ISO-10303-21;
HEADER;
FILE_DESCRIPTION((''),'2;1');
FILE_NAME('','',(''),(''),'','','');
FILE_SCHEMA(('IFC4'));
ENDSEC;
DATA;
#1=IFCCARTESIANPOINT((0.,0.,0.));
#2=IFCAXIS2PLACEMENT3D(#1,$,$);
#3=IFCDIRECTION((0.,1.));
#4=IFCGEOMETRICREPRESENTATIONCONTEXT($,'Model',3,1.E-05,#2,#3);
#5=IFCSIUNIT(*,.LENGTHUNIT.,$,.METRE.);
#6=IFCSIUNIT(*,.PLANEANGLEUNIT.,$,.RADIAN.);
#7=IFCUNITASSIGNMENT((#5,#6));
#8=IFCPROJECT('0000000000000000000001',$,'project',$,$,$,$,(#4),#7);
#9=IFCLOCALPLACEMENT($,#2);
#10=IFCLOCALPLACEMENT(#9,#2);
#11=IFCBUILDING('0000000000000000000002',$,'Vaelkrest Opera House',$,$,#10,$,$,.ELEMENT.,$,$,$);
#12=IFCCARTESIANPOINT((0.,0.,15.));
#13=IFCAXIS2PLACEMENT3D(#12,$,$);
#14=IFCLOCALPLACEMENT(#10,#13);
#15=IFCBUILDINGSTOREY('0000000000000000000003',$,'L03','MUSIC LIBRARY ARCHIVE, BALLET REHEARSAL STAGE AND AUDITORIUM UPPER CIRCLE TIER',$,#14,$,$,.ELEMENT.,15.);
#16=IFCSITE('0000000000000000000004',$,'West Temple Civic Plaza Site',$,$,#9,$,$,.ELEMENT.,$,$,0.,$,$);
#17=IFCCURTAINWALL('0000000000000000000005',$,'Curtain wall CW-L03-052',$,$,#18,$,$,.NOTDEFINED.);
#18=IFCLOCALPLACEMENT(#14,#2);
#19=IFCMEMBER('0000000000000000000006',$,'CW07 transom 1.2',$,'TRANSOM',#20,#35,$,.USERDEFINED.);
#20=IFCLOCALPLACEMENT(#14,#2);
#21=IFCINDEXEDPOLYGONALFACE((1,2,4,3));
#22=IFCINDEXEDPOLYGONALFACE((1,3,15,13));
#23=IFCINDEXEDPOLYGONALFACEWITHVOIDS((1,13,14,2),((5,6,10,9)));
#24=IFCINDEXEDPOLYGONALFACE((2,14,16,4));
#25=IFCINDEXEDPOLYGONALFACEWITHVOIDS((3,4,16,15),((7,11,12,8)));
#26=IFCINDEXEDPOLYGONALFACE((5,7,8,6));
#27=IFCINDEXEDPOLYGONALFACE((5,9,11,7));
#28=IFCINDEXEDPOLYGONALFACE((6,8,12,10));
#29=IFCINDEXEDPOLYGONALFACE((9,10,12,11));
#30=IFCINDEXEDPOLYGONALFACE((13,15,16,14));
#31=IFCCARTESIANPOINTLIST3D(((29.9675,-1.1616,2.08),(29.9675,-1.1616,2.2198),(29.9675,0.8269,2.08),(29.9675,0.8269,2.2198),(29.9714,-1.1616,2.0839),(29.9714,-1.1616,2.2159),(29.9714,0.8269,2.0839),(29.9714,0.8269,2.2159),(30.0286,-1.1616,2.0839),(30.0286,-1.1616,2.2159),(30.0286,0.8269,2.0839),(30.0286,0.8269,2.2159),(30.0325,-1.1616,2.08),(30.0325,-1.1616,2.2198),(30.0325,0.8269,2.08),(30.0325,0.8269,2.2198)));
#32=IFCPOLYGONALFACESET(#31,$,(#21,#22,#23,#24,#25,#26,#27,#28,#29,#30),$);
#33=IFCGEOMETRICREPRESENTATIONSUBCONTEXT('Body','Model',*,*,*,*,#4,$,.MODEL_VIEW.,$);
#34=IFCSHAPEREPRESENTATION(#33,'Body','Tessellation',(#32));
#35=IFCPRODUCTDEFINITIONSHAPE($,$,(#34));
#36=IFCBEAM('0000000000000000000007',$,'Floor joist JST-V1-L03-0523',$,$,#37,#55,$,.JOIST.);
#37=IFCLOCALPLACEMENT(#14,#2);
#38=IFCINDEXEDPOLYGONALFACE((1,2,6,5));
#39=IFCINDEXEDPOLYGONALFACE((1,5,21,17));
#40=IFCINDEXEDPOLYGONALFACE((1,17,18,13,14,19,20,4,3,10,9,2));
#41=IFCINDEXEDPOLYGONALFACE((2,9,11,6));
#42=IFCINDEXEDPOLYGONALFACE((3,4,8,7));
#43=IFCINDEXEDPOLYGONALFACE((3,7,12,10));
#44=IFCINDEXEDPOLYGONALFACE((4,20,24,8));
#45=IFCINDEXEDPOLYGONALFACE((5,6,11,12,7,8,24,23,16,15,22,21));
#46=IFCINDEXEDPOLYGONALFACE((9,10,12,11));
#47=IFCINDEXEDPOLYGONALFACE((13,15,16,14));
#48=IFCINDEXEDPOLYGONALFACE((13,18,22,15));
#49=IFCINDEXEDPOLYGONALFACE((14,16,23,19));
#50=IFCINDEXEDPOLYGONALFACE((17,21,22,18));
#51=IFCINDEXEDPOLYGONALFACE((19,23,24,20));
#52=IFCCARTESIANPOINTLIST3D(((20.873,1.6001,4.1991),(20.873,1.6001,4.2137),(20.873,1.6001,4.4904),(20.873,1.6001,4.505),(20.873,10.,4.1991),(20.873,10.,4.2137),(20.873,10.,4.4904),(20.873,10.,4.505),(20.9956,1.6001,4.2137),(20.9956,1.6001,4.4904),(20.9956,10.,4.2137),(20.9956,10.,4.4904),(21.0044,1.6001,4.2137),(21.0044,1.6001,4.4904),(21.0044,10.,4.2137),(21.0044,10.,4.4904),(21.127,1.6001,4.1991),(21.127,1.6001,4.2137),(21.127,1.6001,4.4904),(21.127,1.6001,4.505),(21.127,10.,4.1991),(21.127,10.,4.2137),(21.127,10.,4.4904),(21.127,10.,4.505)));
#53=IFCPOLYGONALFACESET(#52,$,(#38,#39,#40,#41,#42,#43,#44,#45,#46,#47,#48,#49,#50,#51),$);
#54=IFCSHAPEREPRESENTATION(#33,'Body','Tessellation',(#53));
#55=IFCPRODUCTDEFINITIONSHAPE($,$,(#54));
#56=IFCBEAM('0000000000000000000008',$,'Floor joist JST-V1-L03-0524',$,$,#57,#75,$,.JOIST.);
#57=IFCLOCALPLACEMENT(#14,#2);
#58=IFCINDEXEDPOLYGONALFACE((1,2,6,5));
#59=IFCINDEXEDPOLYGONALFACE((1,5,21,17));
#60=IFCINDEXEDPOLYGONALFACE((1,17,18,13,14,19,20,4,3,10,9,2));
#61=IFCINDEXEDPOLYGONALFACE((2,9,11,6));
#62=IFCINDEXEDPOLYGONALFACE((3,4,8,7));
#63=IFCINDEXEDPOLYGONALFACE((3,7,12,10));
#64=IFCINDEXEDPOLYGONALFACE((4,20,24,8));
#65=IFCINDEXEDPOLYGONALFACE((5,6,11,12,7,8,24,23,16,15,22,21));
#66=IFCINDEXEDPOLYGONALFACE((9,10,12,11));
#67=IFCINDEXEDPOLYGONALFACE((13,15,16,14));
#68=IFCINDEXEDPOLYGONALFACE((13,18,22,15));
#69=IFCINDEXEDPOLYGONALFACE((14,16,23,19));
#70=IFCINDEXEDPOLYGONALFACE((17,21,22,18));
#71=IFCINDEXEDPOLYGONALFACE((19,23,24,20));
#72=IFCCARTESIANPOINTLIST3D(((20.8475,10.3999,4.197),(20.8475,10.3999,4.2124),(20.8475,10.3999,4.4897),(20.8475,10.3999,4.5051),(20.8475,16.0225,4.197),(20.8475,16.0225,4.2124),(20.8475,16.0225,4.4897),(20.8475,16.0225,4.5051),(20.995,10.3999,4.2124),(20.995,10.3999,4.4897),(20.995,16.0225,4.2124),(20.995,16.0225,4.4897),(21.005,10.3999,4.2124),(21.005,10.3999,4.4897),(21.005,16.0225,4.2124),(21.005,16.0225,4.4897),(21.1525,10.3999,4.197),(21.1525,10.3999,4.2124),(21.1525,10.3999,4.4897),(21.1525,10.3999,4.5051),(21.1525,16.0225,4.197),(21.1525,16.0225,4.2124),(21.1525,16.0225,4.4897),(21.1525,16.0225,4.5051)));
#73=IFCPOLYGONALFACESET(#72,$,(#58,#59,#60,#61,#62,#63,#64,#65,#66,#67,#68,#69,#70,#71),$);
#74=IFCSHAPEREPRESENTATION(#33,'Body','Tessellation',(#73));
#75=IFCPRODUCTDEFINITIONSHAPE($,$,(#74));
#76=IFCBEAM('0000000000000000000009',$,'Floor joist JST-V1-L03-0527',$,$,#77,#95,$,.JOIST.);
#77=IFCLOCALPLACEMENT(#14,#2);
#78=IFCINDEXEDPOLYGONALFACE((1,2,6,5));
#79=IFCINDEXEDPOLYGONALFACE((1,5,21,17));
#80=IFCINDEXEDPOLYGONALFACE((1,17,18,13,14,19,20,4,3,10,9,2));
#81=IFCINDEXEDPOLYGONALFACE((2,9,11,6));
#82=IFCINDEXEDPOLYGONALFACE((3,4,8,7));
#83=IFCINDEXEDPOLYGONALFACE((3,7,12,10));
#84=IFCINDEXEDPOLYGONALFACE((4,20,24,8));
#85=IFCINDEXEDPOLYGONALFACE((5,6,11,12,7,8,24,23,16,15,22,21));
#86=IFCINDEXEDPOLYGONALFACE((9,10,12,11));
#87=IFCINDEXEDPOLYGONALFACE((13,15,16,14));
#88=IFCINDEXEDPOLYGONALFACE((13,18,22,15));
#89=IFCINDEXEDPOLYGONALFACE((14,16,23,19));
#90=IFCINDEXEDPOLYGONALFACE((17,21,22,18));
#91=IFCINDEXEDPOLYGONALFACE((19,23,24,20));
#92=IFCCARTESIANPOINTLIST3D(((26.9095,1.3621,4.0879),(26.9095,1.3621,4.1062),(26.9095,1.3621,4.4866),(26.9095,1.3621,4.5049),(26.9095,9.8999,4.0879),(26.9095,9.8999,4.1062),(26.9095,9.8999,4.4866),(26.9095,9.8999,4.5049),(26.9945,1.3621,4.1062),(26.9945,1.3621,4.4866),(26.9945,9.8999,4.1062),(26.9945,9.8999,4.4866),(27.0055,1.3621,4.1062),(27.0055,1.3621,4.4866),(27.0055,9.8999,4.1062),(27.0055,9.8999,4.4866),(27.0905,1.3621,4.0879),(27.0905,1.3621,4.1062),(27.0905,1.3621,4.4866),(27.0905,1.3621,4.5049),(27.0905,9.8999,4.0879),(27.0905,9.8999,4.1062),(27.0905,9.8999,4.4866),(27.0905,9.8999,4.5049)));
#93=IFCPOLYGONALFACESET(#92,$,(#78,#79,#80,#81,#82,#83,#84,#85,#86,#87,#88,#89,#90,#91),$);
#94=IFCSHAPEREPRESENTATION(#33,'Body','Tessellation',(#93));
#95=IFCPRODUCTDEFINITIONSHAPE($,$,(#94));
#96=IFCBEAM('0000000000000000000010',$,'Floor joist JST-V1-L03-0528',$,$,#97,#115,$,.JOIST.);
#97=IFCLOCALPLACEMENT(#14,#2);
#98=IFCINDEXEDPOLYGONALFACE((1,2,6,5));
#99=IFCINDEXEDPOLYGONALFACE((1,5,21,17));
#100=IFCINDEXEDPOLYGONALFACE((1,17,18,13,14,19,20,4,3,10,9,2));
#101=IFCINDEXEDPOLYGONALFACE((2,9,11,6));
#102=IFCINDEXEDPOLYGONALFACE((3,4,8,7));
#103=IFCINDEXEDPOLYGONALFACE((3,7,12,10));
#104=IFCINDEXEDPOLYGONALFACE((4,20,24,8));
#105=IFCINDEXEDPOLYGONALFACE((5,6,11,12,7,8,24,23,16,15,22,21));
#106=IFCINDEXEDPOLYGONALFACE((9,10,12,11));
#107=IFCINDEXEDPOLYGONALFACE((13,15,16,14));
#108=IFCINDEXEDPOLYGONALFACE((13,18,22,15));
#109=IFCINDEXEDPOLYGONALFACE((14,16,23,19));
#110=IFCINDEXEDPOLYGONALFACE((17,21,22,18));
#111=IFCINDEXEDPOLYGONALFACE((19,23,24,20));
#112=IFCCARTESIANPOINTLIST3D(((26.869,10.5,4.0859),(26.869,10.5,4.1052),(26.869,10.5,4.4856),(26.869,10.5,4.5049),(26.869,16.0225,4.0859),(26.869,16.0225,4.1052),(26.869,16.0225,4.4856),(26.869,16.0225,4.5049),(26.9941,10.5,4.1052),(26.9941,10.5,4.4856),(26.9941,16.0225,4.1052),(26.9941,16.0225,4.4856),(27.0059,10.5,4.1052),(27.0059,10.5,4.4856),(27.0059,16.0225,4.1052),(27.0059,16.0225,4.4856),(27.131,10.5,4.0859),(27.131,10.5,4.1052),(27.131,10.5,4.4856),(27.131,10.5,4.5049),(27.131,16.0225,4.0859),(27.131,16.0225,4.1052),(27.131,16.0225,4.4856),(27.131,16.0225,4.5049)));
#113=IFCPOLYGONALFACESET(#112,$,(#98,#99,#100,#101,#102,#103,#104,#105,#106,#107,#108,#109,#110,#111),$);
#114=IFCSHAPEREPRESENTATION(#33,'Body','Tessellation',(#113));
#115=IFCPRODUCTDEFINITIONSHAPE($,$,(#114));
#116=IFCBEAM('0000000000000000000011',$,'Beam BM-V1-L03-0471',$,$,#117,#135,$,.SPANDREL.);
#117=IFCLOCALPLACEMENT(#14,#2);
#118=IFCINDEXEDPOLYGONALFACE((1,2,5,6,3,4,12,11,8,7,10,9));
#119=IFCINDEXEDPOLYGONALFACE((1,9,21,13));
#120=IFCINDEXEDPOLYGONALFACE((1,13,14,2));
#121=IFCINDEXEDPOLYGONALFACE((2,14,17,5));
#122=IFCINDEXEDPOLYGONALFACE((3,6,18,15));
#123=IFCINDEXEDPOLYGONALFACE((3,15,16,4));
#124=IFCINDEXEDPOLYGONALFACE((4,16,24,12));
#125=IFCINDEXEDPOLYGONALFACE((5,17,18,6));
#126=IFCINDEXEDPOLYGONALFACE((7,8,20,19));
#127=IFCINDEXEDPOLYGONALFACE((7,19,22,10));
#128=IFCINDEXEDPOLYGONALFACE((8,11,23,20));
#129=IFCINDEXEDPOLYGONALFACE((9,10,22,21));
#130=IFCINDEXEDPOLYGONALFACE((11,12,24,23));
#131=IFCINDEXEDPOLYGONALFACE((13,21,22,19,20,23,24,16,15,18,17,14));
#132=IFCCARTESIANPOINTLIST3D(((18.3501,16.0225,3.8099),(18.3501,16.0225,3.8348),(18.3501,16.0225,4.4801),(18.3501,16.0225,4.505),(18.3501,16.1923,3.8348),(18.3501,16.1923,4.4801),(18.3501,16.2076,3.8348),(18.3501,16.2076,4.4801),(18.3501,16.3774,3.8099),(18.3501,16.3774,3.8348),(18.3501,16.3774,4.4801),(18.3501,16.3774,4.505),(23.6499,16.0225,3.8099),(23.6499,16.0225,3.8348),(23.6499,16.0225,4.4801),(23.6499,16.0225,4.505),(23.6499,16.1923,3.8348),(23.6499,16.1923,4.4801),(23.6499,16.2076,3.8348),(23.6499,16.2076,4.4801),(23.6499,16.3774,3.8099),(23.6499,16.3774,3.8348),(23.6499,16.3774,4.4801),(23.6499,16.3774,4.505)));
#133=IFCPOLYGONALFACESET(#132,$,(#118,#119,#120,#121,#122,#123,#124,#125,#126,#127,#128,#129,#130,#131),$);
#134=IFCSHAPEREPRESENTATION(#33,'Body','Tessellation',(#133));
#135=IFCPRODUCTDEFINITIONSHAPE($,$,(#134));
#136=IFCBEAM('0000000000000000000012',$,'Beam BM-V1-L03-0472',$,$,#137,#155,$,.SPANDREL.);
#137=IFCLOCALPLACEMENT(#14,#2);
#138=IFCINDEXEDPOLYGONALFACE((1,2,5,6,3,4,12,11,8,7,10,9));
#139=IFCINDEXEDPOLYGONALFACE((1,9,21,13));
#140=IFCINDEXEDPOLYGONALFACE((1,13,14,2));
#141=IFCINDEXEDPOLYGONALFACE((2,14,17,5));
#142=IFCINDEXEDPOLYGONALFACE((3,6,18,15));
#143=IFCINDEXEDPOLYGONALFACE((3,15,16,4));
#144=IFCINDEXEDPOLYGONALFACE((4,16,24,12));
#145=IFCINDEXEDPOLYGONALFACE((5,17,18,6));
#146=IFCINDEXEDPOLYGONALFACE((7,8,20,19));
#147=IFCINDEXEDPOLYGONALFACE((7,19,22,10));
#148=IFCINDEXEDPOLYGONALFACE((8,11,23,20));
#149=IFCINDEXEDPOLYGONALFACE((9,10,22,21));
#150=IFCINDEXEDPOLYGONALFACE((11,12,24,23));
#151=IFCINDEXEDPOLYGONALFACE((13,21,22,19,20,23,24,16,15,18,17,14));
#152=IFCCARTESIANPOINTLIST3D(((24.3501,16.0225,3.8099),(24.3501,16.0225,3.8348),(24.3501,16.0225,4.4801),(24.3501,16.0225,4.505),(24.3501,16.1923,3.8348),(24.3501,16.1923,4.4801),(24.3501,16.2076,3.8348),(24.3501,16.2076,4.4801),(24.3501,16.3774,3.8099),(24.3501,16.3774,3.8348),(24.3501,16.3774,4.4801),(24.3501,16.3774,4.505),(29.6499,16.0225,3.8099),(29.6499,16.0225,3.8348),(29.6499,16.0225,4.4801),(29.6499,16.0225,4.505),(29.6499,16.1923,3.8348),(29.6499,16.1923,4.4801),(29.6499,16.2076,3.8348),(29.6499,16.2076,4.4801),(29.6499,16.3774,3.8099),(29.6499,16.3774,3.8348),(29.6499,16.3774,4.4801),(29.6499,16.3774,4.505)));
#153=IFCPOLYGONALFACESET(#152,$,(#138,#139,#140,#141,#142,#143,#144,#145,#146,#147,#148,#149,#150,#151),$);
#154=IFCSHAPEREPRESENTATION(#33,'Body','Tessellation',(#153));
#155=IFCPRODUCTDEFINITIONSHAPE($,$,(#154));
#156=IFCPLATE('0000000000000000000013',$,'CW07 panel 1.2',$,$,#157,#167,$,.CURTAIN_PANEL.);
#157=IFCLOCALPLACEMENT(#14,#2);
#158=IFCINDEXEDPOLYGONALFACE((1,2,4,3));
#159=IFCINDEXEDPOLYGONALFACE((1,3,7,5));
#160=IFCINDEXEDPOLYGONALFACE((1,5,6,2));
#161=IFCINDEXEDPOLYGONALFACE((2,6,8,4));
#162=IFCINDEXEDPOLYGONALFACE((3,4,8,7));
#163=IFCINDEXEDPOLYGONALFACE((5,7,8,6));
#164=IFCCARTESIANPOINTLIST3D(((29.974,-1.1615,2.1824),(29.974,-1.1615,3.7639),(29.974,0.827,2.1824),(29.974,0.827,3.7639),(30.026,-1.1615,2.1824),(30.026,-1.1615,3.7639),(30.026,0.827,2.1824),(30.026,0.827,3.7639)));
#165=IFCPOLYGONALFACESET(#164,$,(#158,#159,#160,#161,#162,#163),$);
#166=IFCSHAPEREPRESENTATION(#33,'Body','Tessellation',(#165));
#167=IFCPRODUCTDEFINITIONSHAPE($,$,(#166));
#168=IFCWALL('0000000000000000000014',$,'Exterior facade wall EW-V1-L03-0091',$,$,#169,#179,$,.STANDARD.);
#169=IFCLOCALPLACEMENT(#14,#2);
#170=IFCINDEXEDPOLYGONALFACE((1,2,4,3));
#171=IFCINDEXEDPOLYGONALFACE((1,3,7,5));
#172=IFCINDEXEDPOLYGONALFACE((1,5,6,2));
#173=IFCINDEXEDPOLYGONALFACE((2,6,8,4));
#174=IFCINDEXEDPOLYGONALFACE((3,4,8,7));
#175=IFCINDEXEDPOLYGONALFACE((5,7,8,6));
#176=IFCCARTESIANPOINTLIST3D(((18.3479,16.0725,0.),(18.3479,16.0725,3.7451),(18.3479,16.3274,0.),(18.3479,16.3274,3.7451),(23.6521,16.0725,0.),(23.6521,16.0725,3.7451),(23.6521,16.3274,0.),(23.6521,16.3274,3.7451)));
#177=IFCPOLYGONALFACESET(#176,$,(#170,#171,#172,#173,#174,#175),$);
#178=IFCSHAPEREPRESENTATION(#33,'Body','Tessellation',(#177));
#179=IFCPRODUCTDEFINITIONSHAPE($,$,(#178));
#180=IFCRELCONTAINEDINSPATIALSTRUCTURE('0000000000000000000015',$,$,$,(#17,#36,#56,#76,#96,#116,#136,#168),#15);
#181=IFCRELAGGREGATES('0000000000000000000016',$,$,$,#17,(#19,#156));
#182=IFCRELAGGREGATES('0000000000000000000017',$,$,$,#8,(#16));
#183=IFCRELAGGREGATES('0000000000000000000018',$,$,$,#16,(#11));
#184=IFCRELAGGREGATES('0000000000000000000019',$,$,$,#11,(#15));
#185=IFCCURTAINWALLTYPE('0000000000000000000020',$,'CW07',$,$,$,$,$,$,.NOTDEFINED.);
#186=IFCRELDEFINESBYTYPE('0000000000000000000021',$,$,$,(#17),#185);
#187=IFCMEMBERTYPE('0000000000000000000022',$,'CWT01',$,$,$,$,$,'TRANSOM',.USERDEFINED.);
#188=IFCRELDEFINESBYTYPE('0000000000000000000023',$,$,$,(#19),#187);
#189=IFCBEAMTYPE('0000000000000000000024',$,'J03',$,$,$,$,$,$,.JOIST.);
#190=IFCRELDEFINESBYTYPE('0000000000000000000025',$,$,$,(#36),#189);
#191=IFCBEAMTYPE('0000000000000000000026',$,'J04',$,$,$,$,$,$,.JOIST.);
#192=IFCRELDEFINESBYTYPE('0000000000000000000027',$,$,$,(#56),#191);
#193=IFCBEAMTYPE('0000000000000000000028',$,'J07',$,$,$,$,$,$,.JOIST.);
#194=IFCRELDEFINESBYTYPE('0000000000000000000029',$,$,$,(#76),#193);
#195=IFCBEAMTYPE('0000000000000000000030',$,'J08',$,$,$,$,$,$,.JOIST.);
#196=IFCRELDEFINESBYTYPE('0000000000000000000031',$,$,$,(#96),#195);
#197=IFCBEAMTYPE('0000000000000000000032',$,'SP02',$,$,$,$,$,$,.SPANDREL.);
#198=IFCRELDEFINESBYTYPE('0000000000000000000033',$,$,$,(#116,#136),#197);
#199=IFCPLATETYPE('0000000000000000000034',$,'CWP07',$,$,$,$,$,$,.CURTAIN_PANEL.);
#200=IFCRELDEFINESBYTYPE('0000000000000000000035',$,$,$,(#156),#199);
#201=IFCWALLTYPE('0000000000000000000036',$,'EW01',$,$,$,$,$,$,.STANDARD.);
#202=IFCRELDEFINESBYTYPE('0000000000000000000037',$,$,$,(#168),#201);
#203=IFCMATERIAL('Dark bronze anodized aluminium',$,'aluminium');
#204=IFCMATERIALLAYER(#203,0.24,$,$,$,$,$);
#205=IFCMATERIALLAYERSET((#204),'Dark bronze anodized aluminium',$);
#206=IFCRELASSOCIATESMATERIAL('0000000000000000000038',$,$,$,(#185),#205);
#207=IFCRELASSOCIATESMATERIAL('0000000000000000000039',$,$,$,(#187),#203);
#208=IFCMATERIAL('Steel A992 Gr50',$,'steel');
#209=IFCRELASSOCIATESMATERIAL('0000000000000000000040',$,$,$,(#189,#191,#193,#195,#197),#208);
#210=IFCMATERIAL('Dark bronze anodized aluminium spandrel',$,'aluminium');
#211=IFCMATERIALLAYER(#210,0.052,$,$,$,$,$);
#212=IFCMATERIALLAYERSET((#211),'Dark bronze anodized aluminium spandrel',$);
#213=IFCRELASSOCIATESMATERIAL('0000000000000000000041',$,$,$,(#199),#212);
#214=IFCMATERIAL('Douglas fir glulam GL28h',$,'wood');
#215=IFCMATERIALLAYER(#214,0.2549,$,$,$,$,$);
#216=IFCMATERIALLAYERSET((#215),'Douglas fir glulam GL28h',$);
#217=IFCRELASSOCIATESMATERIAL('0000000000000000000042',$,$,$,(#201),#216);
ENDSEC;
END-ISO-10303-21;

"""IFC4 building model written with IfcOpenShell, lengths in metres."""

from ifc_helpers import new_model, si_unit, direction, frame, frame_2d, origin, origin_2d, place, context, subcontext, project, spatial, rectangle, hollow_rectangle, i_section, extrude, material, layer, layer_set, material_profile, profile_set, type_object, element, aggregate, save


model = new_model("IFC4")

# Units and contexts
model_context = context("Model", 3, precision=1e-05, world=origin(), true_north=direction((0.0, 1.0)))
body_context = subcontext(model_context, "Body", "Model", "MODEL_VIEW")
ifc_project = project(units=[si_unit("LENGTHUNIT", "METRE"), si_unit("PLANEANGLEUNIT", "RADIAN")], contexts=[model_context])

# Site, building, storey
site_placement = place(None, origin())
site = spatial("IfcSite", under=ifc_project, at=site_placement, Name="West Temple Civic Plaza Site", CompositionType="ELEMENT", RefElevation=0.0)
building_placement = place(site_placement, origin())
building = spatial("IfcBuilding", under=site, at=building_placement, Name="Vaelkrest Opera House", CompositionType="ELEMENT")
storey_placement = place(building_placement, frame((0.0, 0.0, 15.0)))
storey = spatial("IfcBuildingStorey", under=building, at=storey_placement, Name="L03", Description="MUSIC LIBRARY ARCHIVE, BALLET REHEARSAL STAGE AND AUDITORIUM UPPER CIRCLE TIER", CompositionType="ELEMENT", Elevation=15.0)

# Shared definitions
ifc_material_1 = material(Name="Steel A992 Gr50", Category="steel")

# Curtain wall, member
ifc_material_2 = material(Name="Dark bronze anodized aluminium", Category="aluminium")
ifc_layer_1 = layer(ifc_material_2, 0.24)
ifc_layer_set_1 = layer_set([ifc_layer_1], Name="Dark bronze anodized aluminium")
curtain_wall_type = type_object("IfcCurtainWallType", Name="CW07", PredefinedType="NOTDEFINED", material=ifc_layer_set_1)
curtain_wall_placement = place(storey_placement, origin())
curtain_wall = element("IfcCurtainWall", 1, at=curtain_wall_placement, inside=storey, type_object=curtain_wall_type, Name="Curtain wall CW-L03-052", PredefinedType="NOTDEFINED")
ifc_material_profile_1 = material_profile(ifc_material_2, hollow_rectangle(XDim=0.0649, YDim=0.1399, WallThickness=0.0039, at=origin_2d()), Name="CWT65X140")
ifc_profile_set_1 = profile_set([ifc_material_profile_1], Name="Dark bronze anodized aluminium")
member_type = type_object("IfcMemberType", Name="CWT01", ElementType="TRANSOM", PredefinedType="USERDEFINED", material=ifc_profile_set_1)
member_1_placement = place(storey_placement, frame((30.0, 0.8269, 2.1499), z_axis=(0.0, -1.0, 0.0), x_axis=(1.0, 0.0, 0.0)))
member_1 = element("IfcMember", 2, at=member_1_placement, type_object=member_type, Name="CW07 transom 1.2", ObjectType="TRANSOM", PredefinedType="USERDEFINED", context=body_context, shape_type="SweptSolid", body=[
    extrude(hollow_rectangle(XDim=0.0649, YDim=0.1399, WallThickness=0.0039, at=origin_2d()), origin(), (0.0, 0.0, 1.0), 1.9885),
])

# Beams
ifc_material_profile_2 = material_profile(ifc_material_1, i_section(OverallWidth=0.2539, OverallDepth=0.3059, WebThickness=0.0088, FlangeThickness=0.0146, at=origin_2d()), Name="W12X53")
ifc_profile_set_2 = profile_set([ifc_material_profile_2], Name="Steel A992 Gr50")
beam_type_1 = type_object("IfcBeamType", Name="J03", PredefinedType="JOIST", material=ifc_profile_set_2)
beam_1_placement = place(storey_placement, frame((21.0, 1.6001, 4.3521), z_axis=(0.0, 1.0, 0.0), x_axis=(-1.0, 0.0, 0.0)))
element("IfcBeam", 3, at=beam_1_placement, inside=storey, type_object=beam_type_1, Name="Floor joist JST-V1-L03-0523", PredefinedType="JOIST", context=body_context, shape_type="SweptSolid", body=[
    extrude(i_section(OverallWidth=0.2539, OverallDepth=0.3059, WebThickness=0.0088, FlangeThickness=0.0146, at=origin_2d()), origin(), (0.0, 0.0, 1.0), 8.3999),
])
ifc_material_profile_3 = material_profile(ifc_material_1, i_section(OverallWidth=0.3049, OverallDepth=0.3081, WebThickness=0.01, FlangeThickness=0.0154, at=origin_2d()), Name="W12X65")
ifc_profile_set_3 = profile_set([ifc_material_profile_3], Name="Steel A992 Gr50")
beam_type_2 = type_object("IfcBeamType", Name="J04", PredefinedType="JOIST", material=ifc_profile_set_3)
beam_2_placement = place(storey_placement, frame((21.0, 10.3999, 4.3511), z_axis=(0.0, 1.0, 0.0), x_axis=(-1.0, 0.0, 0.0)))
element("IfcBeam", 4, at=beam_2_placement, inside=storey, type_object=beam_type_2, Name="Floor joist JST-V1-L03-0524", PredefinedType="JOIST", context=body_context, shape_type="SweptSolid", body=[
    extrude(i_section(OverallWidth=0.3049, OverallDepth=0.3081, WebThickness=0.01, FlangeThickness=0.0154, at=origin_2d()), origin(), (0.0, 0.0, 1.0), 5.6226),
])
ifc_material_profile_4 = material_profile(ifc_material_1, i_section(OverallWidth=0.1809, OverallDepth=0.417, WebThickness=0.011, FlangeThickness=0.0183, at=origin_2d()), Name="W16X57")
ifc_profile_set_4 = profile_set([ifc_material_profile_4], Name="Steel A992 Gr50")
beam_type_3 = type_object("IfcBeamType", Name="J07", PredefinedType="JOIST", material=ifc_profile_set_4)
beam_3_placement = place(storey_placement, frame((27.0, 1.3621, 4.2964), z_axis=(0.0, 1.0, 0.0), x_axis=(-1.0, 0.0, 0.0)))
element("IfcBeam", 5, at=beam_3_placement, inside=storey, type_object=beam_type_3, Name="Floor joist JST-V1-L03-0527", PredefinedType="JOIST", context=body_context, shape_type="SweptSolid", body=[
    extrude(i_section(OverallWidth=0.1809, OverallDepth=0.417, WebThickness=0.011, FlangeThickness=0.0183, at=origin_2d()), origin(), (0.0, 0.0, 1.0), 8.5378),
])
ifc_material_profile_5 = material_profile(ifc_material_1, i_section(OverallWidth=0.262, OverallDepth=0.4189, WebThickness=0.0117, FlangeThickness=0.0193, at=origin_2d()), Name="W16X77")
ifc_profile_set_5 = profile_set([ifc_material_profile_5], Name="Steel A992 Gr50")
beam_type_4 = type_object("IfcBeamType", Name="J08", PredefinedType="JOIST", material=ifc_profile_set_5)
beam_4_placement = place(storey_placement, frame((27.0, 10.5, 4.2954), z_axis=(0.0, 1.0, 0.0), x_axis=(-1.0, 0.0, 0.0)))
element("IfcBeam", 6, at=beam_4_placement, inside=storey, type_object=beam_type_4, Name="Floor joist JST-V1-L03-0528", PredefinedType="JOIST", context=body_context, shape_type="SweptSolid", body=[
    extrude(i_section(OverallWidth=0.262, OverallDepth=0.4189, WebThickness=0.0117, FlangeThickness=0.0193, at=origin_2d()), origin(), (0.0, 0.0, 1.0), 5.5225),
])
ifc_material_profile_6 = material_profile(ifc_material_1, i_section(OverallWidth=0.355, OverallDepth=0.6951, WebThickness=0.0154, FlangeThickness=0.0249, at=origin_2d()), Name="W27X146")
ifc_profile_set_6 = profile_set([ifc_material_profile_6], Name="Steel A992 Gr50")
beam_type_5 = type_object("IfcBeamType", Name="SP02", PredefinedType="SPANDREL", material=ifc_profile_set_6)
for number, where, z_axis, x_axis, name in (
    (7, (18.3501, 16.2, 4.1575), (1.0, 0.0, 0.0), (0.0, 1.0, 0.0), "Beam BM-V1-L03-0471"),
    (8, (24.3501, 16.2, 4.1575), (1.0, 0.0, 0.0), (0.0, 1.0, 0.0), "Beam BM-V1-L03-0472"),
):
    element("IfcBeam", number, at=place(storey_placement, frame(where, z_axis=z_axis, x_axis=x_axis)), inside=storey, type_object=beam_type_5, Name=name, PredefinedType="SPANDREL", context=body_context, shape_type="SweptSolid", body=[
        extrude(i_section(OverallWidth=0.355, OverallDepth=0.6951, WebThickness=0.0154, FlangeThickness=0.0249, at=origin_2d()), origin(), (0.0, 0.0, 1.0), 5.2998),
    ])

# Plate
ifc_material_3 = material(Name="Dark bronze anodized aluminium spandrel", Category="aluminium")
ifc_layer_2 = layer(ifc_material_3, 0.052)
ifc_layer_set_2 = layer_set([ifc_layer_2], Name="Dark bronze anodized aluminium spandrel")
plate_type = type_object("IfcPlateType", Name="CWP07", PredefinedType="CURTAIN_PANEL", material=ifc_layer_set_2)
plate_placement = place(storey_placement, frame((30.0, -0.1672, 2.1824), z_axis=(0.0, 0.0, 1.0), x_axis=(0.0, -1.0, 0.0)))
plate = element("IfcPlate", 9, at=plate_placement, type_object=plate_type, Name="CW07 panel 1.2", PredefinedType="CURTAIN_PANEL", context=body_context, shape_type="SweptSolid", body=[
    extrude(rectangle(XDim=1.9885, YDim=0.052, at=origin_2d()), origin(), (0.0, 0.0, 1.0), 1.5815),
])
aggregate(curtain_wall, [member_1, plate])

# Wall
ifc_material_4 = material(Name="Douglas fir glulam GL28h", Category="wood")
ifc_layer_3 = layer(ifc_material_4, 0.2549)
ifc_layer_set_3 = layer_set([ifc_layer_3], Name="Douglas fir glulam GL28h")
wall_type_1 = type_object("IfcWallType", Name="EW01", PredefinedType="STANDARD", material=ifc_layer_set_3)
wall_1_placement = place(storey_placement, frame((18.3479, 16.2, 0.0), z_axis=(0.0, 0.0, 1.0), x_axis=(1.0, 0.0, 0.0)))
element("IfcWall", 10, at=wall_1_placement, inside=storey, type_object=wall_type_1, Name="Exterior facade wall EW-V1-L03-0091", PredefinedType="STANDARD", context=body_context, shape_type="SweptSolid", body=[
    extrude(rectangle(XDim=5.3042, YDim=0.2549, at=frame_2d((2.6521, 0.0))), origin(), (0.0, 0.0, 1.0), 3.7451),
])

save(model, "model.ifc")
